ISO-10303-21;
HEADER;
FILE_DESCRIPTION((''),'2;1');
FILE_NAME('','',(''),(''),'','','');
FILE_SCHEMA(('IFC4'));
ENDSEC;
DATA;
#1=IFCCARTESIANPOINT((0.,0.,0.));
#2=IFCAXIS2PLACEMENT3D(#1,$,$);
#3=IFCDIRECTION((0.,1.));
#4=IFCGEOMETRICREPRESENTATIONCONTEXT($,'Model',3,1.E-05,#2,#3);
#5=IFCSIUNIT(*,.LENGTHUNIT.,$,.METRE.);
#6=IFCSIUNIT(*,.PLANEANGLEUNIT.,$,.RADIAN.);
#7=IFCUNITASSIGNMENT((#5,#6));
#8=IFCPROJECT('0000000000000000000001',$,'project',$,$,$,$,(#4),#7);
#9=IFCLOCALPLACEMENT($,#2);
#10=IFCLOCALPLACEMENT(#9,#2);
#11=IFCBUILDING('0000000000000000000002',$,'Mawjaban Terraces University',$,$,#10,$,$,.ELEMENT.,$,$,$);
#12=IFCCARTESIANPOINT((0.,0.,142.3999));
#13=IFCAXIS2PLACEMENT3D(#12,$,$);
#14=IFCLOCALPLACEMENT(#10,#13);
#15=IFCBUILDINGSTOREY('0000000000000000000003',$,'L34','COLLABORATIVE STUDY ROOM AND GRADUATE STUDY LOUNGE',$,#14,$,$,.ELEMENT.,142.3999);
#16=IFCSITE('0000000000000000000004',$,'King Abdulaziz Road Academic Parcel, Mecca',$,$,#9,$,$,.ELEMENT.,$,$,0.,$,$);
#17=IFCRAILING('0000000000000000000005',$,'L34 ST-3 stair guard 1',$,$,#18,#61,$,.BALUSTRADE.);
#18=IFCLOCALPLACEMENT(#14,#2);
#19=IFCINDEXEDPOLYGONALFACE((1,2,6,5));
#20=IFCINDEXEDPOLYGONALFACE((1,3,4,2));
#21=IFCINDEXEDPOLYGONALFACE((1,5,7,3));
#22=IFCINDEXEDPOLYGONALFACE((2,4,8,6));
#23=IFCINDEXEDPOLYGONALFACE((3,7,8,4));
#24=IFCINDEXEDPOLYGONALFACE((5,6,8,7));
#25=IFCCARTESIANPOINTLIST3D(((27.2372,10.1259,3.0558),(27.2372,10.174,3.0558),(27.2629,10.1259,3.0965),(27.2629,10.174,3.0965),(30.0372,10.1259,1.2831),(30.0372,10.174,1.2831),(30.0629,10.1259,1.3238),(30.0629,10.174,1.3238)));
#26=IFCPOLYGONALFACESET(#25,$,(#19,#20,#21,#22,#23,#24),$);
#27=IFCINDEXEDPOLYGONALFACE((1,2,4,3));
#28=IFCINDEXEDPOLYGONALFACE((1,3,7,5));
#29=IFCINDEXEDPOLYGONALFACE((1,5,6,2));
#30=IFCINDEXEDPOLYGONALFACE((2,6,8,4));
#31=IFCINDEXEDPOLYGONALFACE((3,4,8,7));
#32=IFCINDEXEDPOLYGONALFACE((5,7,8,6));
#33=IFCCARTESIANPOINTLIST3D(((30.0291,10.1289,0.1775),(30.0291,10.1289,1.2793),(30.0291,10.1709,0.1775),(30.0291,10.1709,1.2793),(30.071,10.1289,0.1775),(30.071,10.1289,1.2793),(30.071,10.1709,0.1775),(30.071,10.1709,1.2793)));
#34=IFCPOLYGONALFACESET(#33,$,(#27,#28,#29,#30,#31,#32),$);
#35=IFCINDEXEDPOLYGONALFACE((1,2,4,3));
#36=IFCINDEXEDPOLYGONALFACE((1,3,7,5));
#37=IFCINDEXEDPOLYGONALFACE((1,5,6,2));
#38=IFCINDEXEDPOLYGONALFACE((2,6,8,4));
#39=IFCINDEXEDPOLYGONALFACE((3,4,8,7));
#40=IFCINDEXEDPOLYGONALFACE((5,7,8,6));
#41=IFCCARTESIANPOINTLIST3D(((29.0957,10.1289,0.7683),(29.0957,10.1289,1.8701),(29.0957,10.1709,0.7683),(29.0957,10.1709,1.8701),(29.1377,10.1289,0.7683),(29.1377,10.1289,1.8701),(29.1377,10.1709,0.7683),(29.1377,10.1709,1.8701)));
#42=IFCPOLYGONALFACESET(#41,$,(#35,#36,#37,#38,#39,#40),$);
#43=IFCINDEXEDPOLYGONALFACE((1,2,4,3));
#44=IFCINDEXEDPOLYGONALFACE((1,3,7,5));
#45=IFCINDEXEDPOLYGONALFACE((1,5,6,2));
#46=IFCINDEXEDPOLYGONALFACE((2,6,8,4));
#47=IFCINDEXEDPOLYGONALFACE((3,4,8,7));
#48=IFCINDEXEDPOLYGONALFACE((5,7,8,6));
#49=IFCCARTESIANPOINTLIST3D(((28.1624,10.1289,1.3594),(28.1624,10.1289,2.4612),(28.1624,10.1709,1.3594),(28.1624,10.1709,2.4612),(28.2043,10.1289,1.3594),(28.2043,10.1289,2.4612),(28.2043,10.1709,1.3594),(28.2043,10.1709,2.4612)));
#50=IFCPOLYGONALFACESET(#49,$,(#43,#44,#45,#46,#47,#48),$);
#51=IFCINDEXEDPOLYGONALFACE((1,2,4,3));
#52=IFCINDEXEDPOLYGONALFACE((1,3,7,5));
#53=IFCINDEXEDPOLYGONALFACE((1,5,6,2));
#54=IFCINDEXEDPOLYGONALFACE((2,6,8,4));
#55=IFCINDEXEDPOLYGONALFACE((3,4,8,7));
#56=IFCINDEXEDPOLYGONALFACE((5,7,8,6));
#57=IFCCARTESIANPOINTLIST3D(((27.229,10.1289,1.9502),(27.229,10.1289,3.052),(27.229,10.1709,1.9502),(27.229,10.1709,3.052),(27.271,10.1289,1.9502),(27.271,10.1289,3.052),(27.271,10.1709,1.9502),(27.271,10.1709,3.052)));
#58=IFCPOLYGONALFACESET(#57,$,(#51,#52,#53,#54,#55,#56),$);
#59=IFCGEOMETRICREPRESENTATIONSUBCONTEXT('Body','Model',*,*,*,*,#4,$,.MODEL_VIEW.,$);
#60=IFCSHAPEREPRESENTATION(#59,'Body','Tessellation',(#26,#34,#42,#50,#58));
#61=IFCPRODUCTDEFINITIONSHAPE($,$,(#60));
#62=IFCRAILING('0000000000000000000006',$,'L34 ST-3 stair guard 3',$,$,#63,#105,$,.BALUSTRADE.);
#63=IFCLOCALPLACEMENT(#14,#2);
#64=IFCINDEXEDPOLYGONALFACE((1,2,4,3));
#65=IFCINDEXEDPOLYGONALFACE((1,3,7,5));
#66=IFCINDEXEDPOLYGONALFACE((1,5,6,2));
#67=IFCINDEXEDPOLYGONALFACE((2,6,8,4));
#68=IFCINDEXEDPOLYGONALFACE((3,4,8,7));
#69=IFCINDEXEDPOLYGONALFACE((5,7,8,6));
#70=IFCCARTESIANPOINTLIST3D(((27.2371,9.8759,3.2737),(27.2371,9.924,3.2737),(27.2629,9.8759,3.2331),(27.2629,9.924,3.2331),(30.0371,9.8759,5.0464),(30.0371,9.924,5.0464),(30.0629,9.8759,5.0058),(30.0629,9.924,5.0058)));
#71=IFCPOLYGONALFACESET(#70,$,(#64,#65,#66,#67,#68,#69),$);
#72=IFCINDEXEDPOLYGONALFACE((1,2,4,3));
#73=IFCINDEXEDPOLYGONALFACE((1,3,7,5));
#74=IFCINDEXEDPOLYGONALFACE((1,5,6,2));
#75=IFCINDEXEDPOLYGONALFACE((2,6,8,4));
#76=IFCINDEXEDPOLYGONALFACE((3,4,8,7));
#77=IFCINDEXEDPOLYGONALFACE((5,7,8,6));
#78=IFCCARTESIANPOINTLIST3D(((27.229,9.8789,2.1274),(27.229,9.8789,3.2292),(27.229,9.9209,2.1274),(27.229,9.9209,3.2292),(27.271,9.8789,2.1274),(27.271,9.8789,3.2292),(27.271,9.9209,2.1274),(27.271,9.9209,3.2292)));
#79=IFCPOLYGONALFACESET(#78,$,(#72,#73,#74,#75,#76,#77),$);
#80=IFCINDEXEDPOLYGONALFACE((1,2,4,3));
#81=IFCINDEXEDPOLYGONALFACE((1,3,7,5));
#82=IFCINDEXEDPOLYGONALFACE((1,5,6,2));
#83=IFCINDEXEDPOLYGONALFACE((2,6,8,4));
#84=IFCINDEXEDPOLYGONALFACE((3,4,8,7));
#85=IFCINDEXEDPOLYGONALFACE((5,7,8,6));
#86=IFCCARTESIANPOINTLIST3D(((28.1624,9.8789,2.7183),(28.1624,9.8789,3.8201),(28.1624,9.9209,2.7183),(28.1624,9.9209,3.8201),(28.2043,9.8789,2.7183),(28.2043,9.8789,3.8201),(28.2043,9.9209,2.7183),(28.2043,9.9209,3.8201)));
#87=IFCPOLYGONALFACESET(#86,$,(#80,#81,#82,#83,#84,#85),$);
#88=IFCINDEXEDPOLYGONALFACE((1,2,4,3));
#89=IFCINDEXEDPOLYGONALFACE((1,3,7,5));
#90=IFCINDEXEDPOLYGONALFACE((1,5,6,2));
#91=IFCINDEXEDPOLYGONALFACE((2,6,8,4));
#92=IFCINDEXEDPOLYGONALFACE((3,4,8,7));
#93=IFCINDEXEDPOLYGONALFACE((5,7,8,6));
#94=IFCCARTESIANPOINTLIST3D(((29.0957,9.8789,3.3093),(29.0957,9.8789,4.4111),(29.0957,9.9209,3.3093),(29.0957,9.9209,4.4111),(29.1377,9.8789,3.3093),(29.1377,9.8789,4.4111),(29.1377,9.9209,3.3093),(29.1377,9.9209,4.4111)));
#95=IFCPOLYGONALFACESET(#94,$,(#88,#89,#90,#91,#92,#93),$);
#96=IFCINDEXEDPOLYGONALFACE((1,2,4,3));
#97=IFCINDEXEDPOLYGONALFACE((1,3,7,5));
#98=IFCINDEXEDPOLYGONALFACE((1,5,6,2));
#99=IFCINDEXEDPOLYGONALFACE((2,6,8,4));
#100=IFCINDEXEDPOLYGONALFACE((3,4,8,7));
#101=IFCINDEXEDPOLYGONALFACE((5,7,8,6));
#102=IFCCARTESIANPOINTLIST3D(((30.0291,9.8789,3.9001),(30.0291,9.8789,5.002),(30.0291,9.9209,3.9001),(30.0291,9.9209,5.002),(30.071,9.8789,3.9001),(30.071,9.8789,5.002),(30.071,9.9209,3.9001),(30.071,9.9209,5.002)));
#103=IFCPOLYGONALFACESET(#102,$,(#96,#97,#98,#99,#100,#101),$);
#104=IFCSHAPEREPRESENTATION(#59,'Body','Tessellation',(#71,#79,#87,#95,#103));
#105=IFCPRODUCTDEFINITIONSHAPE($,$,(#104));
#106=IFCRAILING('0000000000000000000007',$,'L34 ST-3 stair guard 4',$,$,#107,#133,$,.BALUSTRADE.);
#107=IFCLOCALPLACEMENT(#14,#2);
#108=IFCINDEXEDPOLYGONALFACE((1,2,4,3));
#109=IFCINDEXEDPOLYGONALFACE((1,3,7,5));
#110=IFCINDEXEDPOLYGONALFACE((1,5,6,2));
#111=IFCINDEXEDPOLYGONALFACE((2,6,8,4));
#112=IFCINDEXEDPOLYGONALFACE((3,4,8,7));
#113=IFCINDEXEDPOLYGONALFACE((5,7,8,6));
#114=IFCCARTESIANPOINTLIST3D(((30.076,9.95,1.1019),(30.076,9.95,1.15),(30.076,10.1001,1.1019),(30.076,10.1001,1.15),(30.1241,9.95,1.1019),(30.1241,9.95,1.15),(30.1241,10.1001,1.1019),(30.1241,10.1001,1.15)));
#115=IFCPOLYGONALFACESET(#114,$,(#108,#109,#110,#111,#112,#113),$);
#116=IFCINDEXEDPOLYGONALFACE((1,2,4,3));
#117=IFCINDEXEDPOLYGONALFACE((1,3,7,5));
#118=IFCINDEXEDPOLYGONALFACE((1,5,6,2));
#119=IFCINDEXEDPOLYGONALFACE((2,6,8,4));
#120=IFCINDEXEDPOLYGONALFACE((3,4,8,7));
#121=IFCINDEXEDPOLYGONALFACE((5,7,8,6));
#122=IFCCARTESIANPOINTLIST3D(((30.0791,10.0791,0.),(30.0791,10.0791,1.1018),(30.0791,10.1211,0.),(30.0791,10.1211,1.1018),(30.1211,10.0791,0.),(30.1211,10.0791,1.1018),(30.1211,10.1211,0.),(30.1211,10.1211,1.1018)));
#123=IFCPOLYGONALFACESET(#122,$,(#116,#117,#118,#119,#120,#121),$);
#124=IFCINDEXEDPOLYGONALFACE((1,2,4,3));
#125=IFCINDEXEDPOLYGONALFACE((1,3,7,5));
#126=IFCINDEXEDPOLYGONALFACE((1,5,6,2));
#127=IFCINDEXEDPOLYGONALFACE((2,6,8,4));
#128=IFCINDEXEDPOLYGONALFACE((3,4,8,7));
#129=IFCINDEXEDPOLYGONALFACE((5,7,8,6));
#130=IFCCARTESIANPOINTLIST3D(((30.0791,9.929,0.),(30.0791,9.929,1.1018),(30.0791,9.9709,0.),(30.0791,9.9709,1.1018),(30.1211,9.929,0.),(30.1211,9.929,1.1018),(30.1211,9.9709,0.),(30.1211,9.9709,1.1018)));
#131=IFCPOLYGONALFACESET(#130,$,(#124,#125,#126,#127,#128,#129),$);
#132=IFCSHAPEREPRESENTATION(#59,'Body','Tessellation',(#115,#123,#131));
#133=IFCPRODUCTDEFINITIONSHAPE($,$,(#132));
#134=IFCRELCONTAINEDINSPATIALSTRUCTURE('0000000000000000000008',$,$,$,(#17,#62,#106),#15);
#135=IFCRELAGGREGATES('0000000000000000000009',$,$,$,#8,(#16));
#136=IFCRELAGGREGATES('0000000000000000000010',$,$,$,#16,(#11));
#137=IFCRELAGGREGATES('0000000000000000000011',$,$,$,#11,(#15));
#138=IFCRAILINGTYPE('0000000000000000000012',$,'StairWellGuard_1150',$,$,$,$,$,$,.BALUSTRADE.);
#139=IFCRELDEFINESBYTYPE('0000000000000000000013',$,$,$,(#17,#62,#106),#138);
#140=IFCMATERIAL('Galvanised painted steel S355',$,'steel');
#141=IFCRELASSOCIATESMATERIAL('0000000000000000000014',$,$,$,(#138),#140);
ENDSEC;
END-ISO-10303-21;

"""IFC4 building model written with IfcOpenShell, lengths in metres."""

from ifc_helpers import new_model, si_unit, direction, frame, origin, origin_2d, place, context, subcontext, project, spatial, rectangle, extrude, material, type_object, element, save


model = new_model("IFC4")

# Units and contexts
model_context = context("Model", 3, precision=1e-05, world=origin(), true_north=direction((0.0, 1.0)))
body_context = subcontext(model_context, "Body", "Model", "MODEL_VIEW")
ifc_project = project(units=[si_unit("LENGTHUNIT", "METRE"), si_unit("PLANEANGLEUNIT", "RADIAN")], contexts=[model_context])

# Site, building, storey
site_placement = place(None, origin())
site = spatial("IfcSite", under=ifc_project, at=site_placement, Name="King Abdulaziz Road Academic Parcel, Mecca", CompositionType="ELEMENT", RefElevation=0.0)
building_placement = place(site_placement, origin())
building = spatial("IfcBuilding", under=site, at=building_placement, Name="Mawjaban Terraces University", CompositionType="ELEMENT")
storey_placement = place(building_placement, frame((0.0, 0.0, 142.3999)))
storey = spatial("IfcBuildingStorey", under=building, at=storey_placement, Name="L34", Description="COLLABORATIVE STUDY ROOM AND GRADUATE STUDY LOUNGE", CompositionType="ELEMENT", Elevation=142.3999)

# Railings
ifc_material_1 = material(Name="Galvanised painted steel S355", Category="steel")
railing_type_1 = type_object("IfcRailingType", Name="StairWellGuard_1150", PredefinedType="BALUSTRADE", material=ifc_material_1)
railing_1_placement = place(storey_placement, frame((30.05, 10.1499, 0.1775)))
element("IfcRailing", 1, at=railing_1_placement, inside=storey, type_object=railing_type_1, Name="L34 ST-3 stair guard 1", PredefinedType="BALUSTRADE", context=body_context, shape_type="SweptSolid", body=[
    extrude(rectangle(XDim=0.0481, YDim=0.0481, at=origin_2d()), frame((0.0, 0.0, 1.126), z_axis=(-0.844909, 0.0, 0.53491), x_axis=(0.0, -1.0, 0.0)), (0.0, 0.0, 1.0), 3.314),
    extrude(rectangle(XDim=0.042, YDim=0.042, at=origin_2d()), origin(), (0.0, 0.0, 1.0), 1.1018),
    extrude(rectangle(XDim=0.042, YDim=0.042, at=origin_2d()), frame((-0.9333, 0.0, 0.5908)), (0.0, 0.0, 1.0), 1.1018),
    extrude(rectangle(XDim=0.042, YDim=0.042, at=origin_2d()), frame((-1.8667, 0.0, 1.1819)), (0.0, 0.0, 1.0), 1.1018),
    extrude(rectangle(XDim=0.042, YDim=0.042, at=origin_2d()), frame((-2.8, 0.0, 1.7727)), (0.0, 0.0, 1.0), 1.1018),
])
railing_2_placement = place(storey_placement, frame((27.25, 9.8999, 2.1274)))
element("IfcRailing", 2, at=railing_2_placement, inside=storey, type_object=railing_type_1, Name="L34 ST-3 stair guard 3", PredefinedType="BALUSTRADE", context=body_context, shape_type="SweptSolid", body=[
    extrude(rectangle(XDim=0.0481, YDim=0.0481, at=origin_2d()), frame((0.0, 0.0, 1.126), z_axis=(0.844909, 0.0, 0.53491), x_axis=(0.0, 1.0, 0.0)), (0.0, 0.0, 1.0), 3.314),
    extrude(rectangle(XDim=0.042, YDim=0.042, at=origin_2d()), origin(), (0.0, 0.0, 1.0), 1.1018),
    extrude(rectangle(XDim=0.042, YDim=0.042, at=origin_2d()), frame((0.9333, 0.0, 0.5908)), (0.0, 0.0, 1.0), 1.1018),
    extrude(rectangle(XDim=0.042, YDim=0.042, at=origin_2d()), frame((1.8667, 0.0, 1.1819)), (0.0, 0.0, 1.0), 1.1018),
    extrude(rectangle(XDim=0.042, YDim=0.042, at=origin_2d()), frame((2.8, 0.0, 1.7727)), (0.0, 0.0, 1.0), 1.1018),
])
railing_3_placement = place(storey_placement, frame((30.1001, 10.1001, 0.0)))
element("IfcRailing", 3, at=railing_3_placement, inside=storey, type_object=railing_type_1, Name="L34 ST-3 stair guard 4", PredefinedType="BALUSTRADE", context=body_context, shape_type="SweptSolid", body=[
    extrude(rectangle(XDim=0.0481, YDim=0.0481, at=origin_2d()), frame((0.0, 0.0, 1.126), z_axis=(0.0, -1.0, 0.0), x_axis=(1.0, 0.0, 0.0)), (0.0, 0.0, 1.0), 0.1501),
    extrude(rectangle(XDim=0.042, YDim=0.042, at=origin_2d()), origin(), (0.0, 0.0, 1.0), 1.1018),
    extrude(rectangle(XDim=0.042, YDim=0.042, at=origin_2d()), frame((0.0, -0.1501, 0.0)), (0.0, 0.0, 1.0), 1.1018),
])

save(model, "model.ifc")
